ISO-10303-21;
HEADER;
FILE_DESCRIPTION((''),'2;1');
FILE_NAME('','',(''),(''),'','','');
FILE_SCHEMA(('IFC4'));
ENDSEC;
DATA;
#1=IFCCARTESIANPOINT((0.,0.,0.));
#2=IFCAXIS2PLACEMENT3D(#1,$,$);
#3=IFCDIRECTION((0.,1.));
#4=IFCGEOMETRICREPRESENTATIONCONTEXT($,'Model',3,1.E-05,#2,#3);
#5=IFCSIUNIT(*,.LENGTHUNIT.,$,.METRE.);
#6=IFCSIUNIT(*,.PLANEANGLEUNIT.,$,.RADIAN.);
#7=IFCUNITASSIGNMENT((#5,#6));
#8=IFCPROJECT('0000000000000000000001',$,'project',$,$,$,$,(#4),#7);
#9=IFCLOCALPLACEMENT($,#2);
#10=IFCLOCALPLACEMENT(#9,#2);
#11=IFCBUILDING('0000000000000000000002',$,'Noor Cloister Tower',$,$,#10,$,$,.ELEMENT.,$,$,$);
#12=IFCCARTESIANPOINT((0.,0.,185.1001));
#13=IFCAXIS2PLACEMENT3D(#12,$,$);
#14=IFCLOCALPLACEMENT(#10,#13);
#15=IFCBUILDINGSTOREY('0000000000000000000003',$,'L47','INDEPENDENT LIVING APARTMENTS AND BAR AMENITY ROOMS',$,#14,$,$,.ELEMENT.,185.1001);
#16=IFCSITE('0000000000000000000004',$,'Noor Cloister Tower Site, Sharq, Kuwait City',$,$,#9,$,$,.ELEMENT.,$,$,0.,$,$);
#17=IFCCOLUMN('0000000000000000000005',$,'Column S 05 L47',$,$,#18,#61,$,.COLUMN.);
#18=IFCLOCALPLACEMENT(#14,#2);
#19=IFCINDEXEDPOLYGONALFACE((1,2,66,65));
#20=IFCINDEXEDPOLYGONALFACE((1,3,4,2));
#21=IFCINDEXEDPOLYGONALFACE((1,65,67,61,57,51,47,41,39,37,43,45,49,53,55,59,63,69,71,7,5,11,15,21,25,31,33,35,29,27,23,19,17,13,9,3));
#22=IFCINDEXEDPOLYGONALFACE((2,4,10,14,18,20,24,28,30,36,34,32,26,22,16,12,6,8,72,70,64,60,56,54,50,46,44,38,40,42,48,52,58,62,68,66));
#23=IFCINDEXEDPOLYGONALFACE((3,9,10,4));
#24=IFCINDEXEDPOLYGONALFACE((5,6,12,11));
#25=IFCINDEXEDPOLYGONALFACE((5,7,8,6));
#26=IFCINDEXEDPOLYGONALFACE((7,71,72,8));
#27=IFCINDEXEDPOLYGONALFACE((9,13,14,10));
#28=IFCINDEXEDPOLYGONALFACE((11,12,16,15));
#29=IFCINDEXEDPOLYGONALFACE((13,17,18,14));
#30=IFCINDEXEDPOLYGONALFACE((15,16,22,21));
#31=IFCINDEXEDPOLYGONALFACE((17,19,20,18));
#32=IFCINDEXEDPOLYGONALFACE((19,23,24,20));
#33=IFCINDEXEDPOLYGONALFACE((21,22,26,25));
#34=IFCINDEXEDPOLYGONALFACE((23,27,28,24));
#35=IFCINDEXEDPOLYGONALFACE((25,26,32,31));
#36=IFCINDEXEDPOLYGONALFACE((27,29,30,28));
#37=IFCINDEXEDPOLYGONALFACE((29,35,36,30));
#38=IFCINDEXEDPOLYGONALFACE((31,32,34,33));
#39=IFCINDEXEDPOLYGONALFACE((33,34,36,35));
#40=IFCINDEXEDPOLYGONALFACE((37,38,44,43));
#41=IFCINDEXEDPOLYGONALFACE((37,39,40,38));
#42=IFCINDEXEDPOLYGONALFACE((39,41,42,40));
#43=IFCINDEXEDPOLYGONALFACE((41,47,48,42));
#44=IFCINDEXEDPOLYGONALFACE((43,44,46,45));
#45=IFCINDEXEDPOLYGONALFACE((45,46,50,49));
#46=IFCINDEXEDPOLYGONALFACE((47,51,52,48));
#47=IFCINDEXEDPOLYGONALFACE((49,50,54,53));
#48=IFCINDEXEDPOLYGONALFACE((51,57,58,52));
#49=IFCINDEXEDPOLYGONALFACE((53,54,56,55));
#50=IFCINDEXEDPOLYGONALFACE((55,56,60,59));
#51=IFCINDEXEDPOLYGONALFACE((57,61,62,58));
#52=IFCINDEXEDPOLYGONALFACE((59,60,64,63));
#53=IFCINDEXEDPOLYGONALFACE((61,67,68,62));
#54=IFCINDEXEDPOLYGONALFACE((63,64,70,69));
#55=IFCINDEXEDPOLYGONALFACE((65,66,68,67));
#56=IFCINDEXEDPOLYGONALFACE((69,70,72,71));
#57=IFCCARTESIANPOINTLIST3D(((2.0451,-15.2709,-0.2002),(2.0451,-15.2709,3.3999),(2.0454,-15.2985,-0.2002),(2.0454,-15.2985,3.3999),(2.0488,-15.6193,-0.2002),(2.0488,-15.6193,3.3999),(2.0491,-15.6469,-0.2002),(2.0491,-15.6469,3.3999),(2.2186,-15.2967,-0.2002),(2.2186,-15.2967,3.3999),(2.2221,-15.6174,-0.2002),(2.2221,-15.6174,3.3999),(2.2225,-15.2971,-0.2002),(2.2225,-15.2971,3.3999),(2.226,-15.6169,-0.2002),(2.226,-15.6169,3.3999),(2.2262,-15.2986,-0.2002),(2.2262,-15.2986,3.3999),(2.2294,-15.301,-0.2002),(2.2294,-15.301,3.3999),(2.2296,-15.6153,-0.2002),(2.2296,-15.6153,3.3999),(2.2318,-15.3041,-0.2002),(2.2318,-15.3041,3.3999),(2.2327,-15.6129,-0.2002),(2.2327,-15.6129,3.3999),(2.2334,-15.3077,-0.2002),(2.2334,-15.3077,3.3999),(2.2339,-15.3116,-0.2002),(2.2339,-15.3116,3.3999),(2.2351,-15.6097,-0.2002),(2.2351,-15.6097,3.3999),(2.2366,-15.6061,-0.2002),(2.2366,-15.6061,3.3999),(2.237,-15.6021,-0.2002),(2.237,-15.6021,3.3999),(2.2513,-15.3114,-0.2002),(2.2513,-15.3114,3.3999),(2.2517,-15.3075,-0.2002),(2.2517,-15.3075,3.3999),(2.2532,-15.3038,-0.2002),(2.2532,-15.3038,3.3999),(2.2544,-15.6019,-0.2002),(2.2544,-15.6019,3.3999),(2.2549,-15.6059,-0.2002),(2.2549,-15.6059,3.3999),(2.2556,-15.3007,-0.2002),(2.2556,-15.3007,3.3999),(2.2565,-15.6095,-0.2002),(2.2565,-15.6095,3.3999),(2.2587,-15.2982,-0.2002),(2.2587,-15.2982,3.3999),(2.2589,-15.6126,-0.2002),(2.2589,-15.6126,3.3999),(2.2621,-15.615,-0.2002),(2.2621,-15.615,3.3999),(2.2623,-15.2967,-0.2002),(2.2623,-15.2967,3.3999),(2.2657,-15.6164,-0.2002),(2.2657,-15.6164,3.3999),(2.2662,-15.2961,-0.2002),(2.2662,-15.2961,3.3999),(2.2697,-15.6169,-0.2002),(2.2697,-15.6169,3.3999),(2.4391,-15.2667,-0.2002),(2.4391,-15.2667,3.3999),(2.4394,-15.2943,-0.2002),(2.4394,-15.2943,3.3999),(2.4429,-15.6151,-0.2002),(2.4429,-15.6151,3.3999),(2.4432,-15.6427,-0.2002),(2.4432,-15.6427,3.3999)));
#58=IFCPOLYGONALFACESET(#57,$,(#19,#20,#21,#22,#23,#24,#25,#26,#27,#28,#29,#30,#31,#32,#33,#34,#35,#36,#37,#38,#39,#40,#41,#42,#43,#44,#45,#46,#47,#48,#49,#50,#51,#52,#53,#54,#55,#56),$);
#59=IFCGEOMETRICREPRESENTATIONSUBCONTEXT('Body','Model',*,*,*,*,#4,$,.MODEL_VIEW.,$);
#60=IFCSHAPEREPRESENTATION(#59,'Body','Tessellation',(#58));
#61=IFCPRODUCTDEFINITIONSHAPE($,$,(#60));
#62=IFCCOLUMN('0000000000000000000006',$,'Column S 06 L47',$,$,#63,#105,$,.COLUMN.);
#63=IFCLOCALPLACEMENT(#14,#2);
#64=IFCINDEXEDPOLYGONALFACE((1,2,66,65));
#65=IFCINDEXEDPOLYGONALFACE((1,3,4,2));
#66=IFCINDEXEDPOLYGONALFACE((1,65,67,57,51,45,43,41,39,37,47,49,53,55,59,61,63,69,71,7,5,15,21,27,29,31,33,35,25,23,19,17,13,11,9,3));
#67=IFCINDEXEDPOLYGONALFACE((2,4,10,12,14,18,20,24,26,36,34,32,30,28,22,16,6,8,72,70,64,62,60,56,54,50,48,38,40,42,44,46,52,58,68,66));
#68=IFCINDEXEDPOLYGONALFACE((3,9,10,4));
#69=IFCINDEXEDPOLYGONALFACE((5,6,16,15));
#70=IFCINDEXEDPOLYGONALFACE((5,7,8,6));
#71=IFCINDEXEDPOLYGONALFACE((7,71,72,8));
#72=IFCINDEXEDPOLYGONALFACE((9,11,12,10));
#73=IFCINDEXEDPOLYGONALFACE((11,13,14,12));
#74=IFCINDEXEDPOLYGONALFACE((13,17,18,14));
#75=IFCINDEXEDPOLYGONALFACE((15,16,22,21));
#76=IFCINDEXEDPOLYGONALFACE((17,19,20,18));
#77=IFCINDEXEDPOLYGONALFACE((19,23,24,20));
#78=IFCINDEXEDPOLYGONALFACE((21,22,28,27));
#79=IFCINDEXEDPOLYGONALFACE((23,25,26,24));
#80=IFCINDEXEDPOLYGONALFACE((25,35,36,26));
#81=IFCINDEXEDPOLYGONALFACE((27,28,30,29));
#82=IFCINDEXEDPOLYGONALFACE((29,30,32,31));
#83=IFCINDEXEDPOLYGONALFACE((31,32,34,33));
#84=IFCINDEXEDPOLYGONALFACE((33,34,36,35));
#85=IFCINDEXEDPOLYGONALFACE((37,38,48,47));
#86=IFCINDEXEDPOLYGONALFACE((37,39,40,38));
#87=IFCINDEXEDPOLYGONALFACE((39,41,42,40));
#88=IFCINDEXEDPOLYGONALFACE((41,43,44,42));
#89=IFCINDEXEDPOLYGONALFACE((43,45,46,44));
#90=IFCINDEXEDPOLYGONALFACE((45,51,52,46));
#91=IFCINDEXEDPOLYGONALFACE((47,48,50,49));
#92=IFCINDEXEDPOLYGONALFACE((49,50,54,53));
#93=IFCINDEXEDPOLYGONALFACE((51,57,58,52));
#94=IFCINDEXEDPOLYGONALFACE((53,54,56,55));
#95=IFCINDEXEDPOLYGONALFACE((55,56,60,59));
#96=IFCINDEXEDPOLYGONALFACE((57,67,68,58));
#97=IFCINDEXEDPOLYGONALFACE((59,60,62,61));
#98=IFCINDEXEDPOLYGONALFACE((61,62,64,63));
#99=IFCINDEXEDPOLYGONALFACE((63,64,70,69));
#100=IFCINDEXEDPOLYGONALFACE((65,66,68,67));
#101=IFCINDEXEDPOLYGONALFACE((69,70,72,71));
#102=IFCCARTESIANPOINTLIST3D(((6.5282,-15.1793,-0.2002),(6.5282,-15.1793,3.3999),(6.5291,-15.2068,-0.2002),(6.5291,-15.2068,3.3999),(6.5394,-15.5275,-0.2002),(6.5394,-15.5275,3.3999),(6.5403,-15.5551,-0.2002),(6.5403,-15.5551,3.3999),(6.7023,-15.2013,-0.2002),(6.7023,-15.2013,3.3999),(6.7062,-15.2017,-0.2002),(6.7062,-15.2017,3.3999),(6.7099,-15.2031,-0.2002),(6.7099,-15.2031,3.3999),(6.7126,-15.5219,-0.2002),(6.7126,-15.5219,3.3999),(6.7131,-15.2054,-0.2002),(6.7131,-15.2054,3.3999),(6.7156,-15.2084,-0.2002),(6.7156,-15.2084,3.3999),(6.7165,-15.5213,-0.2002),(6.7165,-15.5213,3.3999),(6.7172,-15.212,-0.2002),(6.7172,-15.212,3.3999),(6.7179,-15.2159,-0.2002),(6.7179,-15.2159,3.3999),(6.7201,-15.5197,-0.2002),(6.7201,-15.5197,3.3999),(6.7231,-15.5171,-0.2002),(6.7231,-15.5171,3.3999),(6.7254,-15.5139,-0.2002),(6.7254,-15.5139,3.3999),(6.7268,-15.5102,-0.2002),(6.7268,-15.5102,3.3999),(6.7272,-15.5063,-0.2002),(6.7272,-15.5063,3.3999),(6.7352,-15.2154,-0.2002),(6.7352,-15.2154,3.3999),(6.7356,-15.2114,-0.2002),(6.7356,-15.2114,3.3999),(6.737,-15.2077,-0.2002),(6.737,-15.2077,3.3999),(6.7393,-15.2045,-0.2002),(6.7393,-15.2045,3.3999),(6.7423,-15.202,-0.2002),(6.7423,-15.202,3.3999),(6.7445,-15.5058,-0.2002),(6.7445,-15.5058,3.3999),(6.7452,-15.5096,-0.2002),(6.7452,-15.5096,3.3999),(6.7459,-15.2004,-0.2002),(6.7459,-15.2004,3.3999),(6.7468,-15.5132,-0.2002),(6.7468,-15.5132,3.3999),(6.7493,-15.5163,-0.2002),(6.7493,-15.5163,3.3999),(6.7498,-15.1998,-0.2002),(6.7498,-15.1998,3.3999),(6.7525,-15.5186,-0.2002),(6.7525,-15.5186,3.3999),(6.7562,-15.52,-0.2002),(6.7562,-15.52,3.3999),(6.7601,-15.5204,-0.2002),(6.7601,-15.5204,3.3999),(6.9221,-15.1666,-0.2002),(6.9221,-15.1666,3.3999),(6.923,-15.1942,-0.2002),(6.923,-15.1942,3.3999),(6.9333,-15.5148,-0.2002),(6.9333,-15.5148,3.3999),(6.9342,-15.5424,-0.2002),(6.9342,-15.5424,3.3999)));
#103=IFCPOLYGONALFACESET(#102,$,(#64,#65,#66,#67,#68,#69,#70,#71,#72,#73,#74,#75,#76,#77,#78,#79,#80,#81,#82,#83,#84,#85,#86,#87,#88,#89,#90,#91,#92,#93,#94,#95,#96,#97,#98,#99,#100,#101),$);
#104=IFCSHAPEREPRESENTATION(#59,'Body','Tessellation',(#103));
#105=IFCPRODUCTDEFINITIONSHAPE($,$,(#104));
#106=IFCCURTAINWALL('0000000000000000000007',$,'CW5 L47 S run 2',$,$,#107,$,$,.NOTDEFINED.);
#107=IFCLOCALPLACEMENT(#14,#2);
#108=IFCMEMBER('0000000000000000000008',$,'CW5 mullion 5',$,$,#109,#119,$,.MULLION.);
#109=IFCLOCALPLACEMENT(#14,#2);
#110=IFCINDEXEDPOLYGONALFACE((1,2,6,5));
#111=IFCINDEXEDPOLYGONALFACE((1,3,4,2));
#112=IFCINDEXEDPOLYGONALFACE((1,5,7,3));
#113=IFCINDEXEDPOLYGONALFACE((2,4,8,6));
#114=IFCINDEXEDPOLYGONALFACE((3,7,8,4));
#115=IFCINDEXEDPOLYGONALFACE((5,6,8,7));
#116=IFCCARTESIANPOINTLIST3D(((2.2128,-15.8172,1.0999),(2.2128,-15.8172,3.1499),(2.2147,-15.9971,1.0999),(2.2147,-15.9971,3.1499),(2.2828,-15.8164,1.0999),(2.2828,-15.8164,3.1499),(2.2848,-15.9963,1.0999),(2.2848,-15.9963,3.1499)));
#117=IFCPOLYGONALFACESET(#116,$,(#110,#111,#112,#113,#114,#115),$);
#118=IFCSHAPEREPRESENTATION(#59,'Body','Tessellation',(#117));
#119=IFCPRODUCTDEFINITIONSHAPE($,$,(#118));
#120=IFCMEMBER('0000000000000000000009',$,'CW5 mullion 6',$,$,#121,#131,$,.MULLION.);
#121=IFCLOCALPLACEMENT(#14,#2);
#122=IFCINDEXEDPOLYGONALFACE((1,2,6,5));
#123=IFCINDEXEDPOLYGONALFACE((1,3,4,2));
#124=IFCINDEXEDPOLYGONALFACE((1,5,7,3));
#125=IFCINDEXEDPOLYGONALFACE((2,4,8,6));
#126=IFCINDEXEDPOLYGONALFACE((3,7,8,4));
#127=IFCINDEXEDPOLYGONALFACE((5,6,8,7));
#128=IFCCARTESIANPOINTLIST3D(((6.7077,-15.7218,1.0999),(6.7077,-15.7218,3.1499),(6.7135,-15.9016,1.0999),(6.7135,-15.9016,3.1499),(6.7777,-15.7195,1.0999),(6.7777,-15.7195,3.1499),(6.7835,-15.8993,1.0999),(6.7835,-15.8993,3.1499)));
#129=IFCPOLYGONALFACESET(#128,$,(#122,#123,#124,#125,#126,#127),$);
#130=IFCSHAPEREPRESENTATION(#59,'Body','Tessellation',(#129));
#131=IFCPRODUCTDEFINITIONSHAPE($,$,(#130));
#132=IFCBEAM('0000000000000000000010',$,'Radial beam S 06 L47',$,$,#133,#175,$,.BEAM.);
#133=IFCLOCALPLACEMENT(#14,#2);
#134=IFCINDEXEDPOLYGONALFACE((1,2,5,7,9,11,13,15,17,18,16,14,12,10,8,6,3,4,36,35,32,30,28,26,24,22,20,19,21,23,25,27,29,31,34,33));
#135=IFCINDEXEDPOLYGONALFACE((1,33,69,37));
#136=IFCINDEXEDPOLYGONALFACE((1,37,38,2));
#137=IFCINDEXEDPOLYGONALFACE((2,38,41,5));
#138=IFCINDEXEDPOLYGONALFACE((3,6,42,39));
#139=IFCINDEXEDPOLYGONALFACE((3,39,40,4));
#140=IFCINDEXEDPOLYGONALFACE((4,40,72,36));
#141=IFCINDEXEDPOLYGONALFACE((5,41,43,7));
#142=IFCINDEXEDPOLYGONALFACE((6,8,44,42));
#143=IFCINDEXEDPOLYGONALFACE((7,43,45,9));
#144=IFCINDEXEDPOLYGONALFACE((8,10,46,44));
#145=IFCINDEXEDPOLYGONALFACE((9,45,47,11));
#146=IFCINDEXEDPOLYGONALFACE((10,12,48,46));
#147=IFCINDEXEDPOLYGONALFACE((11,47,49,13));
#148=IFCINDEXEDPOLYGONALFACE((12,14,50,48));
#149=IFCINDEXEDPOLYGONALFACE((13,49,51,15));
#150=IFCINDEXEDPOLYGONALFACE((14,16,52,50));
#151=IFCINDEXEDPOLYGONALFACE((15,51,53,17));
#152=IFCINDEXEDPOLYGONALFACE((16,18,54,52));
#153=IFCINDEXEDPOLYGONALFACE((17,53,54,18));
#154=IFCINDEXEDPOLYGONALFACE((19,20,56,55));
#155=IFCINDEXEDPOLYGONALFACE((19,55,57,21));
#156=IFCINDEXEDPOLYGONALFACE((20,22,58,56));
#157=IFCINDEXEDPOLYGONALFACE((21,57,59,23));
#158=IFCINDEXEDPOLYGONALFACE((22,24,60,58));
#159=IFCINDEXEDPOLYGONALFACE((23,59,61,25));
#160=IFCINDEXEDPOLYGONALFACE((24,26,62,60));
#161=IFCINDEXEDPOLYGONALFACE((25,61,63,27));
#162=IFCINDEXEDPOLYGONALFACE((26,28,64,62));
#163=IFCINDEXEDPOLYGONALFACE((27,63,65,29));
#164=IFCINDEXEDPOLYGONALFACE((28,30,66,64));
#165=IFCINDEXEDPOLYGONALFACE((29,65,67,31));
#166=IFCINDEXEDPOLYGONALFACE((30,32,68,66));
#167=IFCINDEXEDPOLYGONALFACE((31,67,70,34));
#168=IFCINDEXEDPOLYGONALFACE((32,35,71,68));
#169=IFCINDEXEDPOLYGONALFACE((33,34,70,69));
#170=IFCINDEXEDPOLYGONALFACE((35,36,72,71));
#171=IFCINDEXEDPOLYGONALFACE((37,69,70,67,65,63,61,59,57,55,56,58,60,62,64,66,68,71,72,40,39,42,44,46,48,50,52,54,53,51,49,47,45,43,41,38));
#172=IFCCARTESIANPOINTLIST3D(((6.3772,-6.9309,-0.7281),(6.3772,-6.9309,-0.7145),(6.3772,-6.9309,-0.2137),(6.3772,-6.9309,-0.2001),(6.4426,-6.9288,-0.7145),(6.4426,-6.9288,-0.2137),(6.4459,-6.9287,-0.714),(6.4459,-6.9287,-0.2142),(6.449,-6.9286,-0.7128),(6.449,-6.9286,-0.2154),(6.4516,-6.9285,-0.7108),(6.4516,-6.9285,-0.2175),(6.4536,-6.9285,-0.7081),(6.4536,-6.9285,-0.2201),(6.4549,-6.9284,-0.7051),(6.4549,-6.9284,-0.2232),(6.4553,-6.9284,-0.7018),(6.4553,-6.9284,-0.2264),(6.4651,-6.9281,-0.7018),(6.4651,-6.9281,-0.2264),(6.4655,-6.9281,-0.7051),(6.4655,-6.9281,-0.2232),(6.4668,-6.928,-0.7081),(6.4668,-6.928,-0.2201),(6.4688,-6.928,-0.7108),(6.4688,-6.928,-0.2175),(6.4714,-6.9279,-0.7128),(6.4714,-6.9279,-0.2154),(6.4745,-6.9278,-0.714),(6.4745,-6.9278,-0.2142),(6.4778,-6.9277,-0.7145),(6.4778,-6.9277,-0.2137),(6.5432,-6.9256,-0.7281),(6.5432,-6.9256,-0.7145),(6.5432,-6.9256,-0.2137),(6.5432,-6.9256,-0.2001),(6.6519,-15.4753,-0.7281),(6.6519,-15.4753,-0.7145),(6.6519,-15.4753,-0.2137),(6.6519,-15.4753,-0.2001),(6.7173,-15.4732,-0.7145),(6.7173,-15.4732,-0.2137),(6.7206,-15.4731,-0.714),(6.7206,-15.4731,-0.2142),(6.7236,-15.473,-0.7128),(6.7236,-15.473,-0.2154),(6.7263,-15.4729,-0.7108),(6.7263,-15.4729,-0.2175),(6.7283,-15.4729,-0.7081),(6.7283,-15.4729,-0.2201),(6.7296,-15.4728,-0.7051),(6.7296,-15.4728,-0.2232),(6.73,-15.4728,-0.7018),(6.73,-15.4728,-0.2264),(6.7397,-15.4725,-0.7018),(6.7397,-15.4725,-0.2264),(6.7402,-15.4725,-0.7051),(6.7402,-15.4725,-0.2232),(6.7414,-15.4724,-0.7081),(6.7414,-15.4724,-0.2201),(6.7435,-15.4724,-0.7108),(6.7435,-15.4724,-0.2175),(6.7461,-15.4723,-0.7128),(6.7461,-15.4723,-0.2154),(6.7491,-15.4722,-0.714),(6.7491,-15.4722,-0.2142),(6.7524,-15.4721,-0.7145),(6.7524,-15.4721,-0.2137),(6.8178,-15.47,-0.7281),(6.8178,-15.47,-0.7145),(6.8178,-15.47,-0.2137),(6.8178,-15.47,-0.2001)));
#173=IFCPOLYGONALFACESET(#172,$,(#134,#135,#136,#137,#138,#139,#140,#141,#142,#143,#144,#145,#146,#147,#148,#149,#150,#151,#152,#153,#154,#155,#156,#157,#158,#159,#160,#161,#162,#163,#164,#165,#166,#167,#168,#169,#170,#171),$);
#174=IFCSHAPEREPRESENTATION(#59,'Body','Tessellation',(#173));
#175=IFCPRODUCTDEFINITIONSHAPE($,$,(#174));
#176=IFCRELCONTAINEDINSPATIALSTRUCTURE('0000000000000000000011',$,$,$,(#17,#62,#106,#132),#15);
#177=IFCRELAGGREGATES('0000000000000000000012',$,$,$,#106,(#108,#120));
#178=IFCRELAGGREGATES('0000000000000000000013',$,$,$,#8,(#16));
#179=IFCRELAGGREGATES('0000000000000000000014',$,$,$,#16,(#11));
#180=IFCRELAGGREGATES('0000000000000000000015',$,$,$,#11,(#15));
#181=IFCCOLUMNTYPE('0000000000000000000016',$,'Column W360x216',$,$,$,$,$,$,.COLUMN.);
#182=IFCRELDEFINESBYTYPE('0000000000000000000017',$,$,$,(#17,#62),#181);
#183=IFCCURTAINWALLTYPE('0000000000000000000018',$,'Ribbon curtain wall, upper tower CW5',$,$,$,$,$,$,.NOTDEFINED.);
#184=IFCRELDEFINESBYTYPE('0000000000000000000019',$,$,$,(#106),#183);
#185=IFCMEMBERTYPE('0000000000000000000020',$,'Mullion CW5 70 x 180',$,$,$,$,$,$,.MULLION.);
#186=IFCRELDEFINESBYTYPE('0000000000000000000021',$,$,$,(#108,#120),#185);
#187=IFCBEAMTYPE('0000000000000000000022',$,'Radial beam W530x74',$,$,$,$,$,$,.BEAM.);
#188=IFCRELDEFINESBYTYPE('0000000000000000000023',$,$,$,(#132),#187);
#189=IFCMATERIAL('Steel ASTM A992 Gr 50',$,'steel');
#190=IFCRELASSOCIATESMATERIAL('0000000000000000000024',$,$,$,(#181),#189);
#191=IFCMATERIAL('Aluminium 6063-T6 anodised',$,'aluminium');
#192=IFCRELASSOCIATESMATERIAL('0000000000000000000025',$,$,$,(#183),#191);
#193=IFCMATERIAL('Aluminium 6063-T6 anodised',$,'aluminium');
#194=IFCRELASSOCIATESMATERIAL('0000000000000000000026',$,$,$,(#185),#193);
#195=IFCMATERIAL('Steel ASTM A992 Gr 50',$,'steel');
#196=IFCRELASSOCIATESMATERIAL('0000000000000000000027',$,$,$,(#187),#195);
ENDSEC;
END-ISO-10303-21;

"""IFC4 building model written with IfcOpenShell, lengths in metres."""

from ifc_helpers import new_model, si_unit, direction, frame, origin, origin_2d, place, context, subcontext, project, spatial, rectangle, i_section, extrude, material, material_profile, profile_set, type_object, element, aggregate, save


model = new_model("IFC4")

# Units and contexts
model_context = context("Model", 3, precision=1e-05, world=origin(), true_north=direction((0.0, 1.0)))
body_context = subcontext(model_context, "Body", "Model", "MODEL_VIEW")
ifc_project = project(units=[si_unit("LENGTHUNIT", "METRE"), si_unit("PLANEANGLEUNIT", "RADIAN")], contexts=[model_context])

# Site, building, storey
site_placement = place(None, origin())
site = spatial("IfcSite", under=ifc_project, at=site_placement, Name="Noor Cloister Tower Site, Sharq, Kuwait City", CompositionType="ELEMENT", RefElevation=0.0)
building_placement = place(site_placement, origin())
building = spatial("IfcBuilding", under=site, at=building_placement, Name="Noor Cloister Tower", CompositionType="ELEMENT")
storey_placement = place(building_placement, frame((0.0, 0.0, 185.1001)))
storey = spatial("IfcBuildingStorey", under=building, at=storey_placement, Name="L47", Description="INDEPENDENT LIVING APARTMENTS AND BAR AMENITY ROOMS", CompositionType="ELEMENT", Elevation=185.1001)

# Columns
ifc_material_1 = material(Name="Steel ASTM A992 Gr 50", Category="steel")
ifc_material_profile_1 = material_profile(ifc_material_1, i_section(OverallWidth=0.394, OverallDepth=0.376, WebThickness=0.0173, FlangeThickness=0.0276, FilletRadius=0.0151, at=origin_2d()), Name="W360x216")
ifc_profile_set_1 = profile_set([ifc_material_profile_1], Name="Steel ASTM A992 Gr 50")
column_type = type_object("IfcColumnType", Name="Column W360x216", PredefinedType="COLUMN", material=ifc_profile_set_1)
for number, where, z_axis, x_axis, name in (
    (1, (2.2441, -15.4568, -0.2002), (0.0, 0.0, 1.0), (0.999943, 0.010704, 0.0), "Column S 05 L47"),
    (2, (6.7312, -15.3608, -0.2002), (0.0, 0.0, 1.0), (0.999484, 0.032107, 0.0), "Column S 06 L47"),
):
    element("IfcColumn", number, at=place(storey_placement, frame(where, z_axis=z_axis, x_axis=x_axis)), inside=storey, type_object=column_type, Name=name, PredefinedType="COLUMN", context=body_context, shape_type="SweptSolid", body=[
        extrude(i_section(OverallWidth=0.394, OverallDepth=0.376, WebThickness=0.0173, FlangeThickness=0.0276, FilletRadius=0.0151, at=origin_2d()), origin(), (0.0, 0.0, 1.0), 3.6001),
    ])

# Curtain wall, members
ifc_material_2 = material(Name="Aluminium 6063-T6 anodised", Category="aluminium")
curtain_wall_type = type_object("IfcCurtainWallType", Name="Ribbon curtain wall, upper tower CW5", PredefinedType="NOTDEFINED", material=ifc_material_2)
curtain_wall_placement = place(storey_placement, origin())
curtain_wall = element("IfcCurtainWall", 3, at=curtain_wall_placement, inside=storey, type_object=curtain_wall_type, Name="CW5 L47 S run 2", PredefinedType="NOTDEFINED")
ifc_material_3 = material(Name="Aluminium 6063-T6 anodised", Category="aluminium")
ifc_material_profile_2 = material_profile(ifc_material_3, rectangle(XDim=0.1799, YDim=0.0701, at=origin_2d()), Name="180 x 70 mullion")
ifc_profile_set_2 = profile_set([ifc_material_profile_2], Name="Aluminium 6063-T6 anodised")
member_type = type_object("IfcMemberType", Name="Mullion CW5 70 x 180", PredefinedType="MULLION", material=ifc_profile_set_2)
member_1_placement = place(storey_placement, frame((2.2488, -15.9067, 1.0999), z_axis=(0.0, 0.0, 1.0), x_axis=(-0.010704, 0.999943, 0.0)))
member_1 = element("IfcMember", 4, at=member_1_placement, type_object=member_type, Name="CW5 mullion 5", PredefinedType="MULLION", context=body_context, shape_type="SweptSolid", body=[
    extrude(rectangle(XDim=0.1799, YDim=0.0701, at=origin_2d()), origin(), (0.0, 0.0, 1.0), 2.05),
])
member_2_placement = place(storey_placement, frame((6.7456, -15.8105, 1.0999), z_axis=(0.0, 0.0, 1.0), x_axis=(-0.032107, 0.999484, 0.0)))
member_2 = element("IfcMember", 5, at=member_2_placement, type_object=member_type, Name="CW5 mullion 6", PredefinedType="MULLION", context=body_context, shape_type="SweptSolid", body=[
    extrude(rectangle(XDim=0.1799, YDim=0.0701, at=origin_2d()), origin(), (0.0, 0.0, 1.0), 2.05),
])

# Beam
ifc_material_4 = material(Name="Steel ASTM A992 Gr 50", Category="steel")
ifc_material_profile_3 = material_profile(ifc_material_4, i_section(OverallWidth=0.166, OverallDepth=0.5281, WebThickness=0.0098, FlangeThickness=0.0137, FilletRadius=0.0127, at=origin_2d()), Name="W530x74")
ifc_profile_set_3 = profile_set([ifc_material_profile_3], Name="Steel ASTM A992 Gr 50")
beam_type_1 = type_object("IfcBeamType", Name="Radial beam W530x74", PredefinedType="BEAM", material=ifc_profile_set_3)
beam_1_placement = place(storey_placement, frame((6.7349, -15.4727, -0.4641), z_axis=(-0.032128, 0.999484, 0.0), x_axis=(-0.999484, -0.032128, 0.0)))
element("IfcBeam", 6, at=beam_1_placement, inside=storey, type_object=beam_type_1, Name="Radial beam S 06 L47", PredefinedType="BEAM", context=body_context, shape_type="SweptSolid", body=[
    extrude(i_section(OverallWidth=0.166, OverallDepth=0.5281, WebThickness=0.0098, FlangeThickness=0.0137, FilletRadius=0.0127, at=origin_2d()), origin(), (0.0, 0.0, 1.0), 8.5488),
])

aggregate(curtain_wall, [member_1, member_2])

save(model, "model.ifc")
